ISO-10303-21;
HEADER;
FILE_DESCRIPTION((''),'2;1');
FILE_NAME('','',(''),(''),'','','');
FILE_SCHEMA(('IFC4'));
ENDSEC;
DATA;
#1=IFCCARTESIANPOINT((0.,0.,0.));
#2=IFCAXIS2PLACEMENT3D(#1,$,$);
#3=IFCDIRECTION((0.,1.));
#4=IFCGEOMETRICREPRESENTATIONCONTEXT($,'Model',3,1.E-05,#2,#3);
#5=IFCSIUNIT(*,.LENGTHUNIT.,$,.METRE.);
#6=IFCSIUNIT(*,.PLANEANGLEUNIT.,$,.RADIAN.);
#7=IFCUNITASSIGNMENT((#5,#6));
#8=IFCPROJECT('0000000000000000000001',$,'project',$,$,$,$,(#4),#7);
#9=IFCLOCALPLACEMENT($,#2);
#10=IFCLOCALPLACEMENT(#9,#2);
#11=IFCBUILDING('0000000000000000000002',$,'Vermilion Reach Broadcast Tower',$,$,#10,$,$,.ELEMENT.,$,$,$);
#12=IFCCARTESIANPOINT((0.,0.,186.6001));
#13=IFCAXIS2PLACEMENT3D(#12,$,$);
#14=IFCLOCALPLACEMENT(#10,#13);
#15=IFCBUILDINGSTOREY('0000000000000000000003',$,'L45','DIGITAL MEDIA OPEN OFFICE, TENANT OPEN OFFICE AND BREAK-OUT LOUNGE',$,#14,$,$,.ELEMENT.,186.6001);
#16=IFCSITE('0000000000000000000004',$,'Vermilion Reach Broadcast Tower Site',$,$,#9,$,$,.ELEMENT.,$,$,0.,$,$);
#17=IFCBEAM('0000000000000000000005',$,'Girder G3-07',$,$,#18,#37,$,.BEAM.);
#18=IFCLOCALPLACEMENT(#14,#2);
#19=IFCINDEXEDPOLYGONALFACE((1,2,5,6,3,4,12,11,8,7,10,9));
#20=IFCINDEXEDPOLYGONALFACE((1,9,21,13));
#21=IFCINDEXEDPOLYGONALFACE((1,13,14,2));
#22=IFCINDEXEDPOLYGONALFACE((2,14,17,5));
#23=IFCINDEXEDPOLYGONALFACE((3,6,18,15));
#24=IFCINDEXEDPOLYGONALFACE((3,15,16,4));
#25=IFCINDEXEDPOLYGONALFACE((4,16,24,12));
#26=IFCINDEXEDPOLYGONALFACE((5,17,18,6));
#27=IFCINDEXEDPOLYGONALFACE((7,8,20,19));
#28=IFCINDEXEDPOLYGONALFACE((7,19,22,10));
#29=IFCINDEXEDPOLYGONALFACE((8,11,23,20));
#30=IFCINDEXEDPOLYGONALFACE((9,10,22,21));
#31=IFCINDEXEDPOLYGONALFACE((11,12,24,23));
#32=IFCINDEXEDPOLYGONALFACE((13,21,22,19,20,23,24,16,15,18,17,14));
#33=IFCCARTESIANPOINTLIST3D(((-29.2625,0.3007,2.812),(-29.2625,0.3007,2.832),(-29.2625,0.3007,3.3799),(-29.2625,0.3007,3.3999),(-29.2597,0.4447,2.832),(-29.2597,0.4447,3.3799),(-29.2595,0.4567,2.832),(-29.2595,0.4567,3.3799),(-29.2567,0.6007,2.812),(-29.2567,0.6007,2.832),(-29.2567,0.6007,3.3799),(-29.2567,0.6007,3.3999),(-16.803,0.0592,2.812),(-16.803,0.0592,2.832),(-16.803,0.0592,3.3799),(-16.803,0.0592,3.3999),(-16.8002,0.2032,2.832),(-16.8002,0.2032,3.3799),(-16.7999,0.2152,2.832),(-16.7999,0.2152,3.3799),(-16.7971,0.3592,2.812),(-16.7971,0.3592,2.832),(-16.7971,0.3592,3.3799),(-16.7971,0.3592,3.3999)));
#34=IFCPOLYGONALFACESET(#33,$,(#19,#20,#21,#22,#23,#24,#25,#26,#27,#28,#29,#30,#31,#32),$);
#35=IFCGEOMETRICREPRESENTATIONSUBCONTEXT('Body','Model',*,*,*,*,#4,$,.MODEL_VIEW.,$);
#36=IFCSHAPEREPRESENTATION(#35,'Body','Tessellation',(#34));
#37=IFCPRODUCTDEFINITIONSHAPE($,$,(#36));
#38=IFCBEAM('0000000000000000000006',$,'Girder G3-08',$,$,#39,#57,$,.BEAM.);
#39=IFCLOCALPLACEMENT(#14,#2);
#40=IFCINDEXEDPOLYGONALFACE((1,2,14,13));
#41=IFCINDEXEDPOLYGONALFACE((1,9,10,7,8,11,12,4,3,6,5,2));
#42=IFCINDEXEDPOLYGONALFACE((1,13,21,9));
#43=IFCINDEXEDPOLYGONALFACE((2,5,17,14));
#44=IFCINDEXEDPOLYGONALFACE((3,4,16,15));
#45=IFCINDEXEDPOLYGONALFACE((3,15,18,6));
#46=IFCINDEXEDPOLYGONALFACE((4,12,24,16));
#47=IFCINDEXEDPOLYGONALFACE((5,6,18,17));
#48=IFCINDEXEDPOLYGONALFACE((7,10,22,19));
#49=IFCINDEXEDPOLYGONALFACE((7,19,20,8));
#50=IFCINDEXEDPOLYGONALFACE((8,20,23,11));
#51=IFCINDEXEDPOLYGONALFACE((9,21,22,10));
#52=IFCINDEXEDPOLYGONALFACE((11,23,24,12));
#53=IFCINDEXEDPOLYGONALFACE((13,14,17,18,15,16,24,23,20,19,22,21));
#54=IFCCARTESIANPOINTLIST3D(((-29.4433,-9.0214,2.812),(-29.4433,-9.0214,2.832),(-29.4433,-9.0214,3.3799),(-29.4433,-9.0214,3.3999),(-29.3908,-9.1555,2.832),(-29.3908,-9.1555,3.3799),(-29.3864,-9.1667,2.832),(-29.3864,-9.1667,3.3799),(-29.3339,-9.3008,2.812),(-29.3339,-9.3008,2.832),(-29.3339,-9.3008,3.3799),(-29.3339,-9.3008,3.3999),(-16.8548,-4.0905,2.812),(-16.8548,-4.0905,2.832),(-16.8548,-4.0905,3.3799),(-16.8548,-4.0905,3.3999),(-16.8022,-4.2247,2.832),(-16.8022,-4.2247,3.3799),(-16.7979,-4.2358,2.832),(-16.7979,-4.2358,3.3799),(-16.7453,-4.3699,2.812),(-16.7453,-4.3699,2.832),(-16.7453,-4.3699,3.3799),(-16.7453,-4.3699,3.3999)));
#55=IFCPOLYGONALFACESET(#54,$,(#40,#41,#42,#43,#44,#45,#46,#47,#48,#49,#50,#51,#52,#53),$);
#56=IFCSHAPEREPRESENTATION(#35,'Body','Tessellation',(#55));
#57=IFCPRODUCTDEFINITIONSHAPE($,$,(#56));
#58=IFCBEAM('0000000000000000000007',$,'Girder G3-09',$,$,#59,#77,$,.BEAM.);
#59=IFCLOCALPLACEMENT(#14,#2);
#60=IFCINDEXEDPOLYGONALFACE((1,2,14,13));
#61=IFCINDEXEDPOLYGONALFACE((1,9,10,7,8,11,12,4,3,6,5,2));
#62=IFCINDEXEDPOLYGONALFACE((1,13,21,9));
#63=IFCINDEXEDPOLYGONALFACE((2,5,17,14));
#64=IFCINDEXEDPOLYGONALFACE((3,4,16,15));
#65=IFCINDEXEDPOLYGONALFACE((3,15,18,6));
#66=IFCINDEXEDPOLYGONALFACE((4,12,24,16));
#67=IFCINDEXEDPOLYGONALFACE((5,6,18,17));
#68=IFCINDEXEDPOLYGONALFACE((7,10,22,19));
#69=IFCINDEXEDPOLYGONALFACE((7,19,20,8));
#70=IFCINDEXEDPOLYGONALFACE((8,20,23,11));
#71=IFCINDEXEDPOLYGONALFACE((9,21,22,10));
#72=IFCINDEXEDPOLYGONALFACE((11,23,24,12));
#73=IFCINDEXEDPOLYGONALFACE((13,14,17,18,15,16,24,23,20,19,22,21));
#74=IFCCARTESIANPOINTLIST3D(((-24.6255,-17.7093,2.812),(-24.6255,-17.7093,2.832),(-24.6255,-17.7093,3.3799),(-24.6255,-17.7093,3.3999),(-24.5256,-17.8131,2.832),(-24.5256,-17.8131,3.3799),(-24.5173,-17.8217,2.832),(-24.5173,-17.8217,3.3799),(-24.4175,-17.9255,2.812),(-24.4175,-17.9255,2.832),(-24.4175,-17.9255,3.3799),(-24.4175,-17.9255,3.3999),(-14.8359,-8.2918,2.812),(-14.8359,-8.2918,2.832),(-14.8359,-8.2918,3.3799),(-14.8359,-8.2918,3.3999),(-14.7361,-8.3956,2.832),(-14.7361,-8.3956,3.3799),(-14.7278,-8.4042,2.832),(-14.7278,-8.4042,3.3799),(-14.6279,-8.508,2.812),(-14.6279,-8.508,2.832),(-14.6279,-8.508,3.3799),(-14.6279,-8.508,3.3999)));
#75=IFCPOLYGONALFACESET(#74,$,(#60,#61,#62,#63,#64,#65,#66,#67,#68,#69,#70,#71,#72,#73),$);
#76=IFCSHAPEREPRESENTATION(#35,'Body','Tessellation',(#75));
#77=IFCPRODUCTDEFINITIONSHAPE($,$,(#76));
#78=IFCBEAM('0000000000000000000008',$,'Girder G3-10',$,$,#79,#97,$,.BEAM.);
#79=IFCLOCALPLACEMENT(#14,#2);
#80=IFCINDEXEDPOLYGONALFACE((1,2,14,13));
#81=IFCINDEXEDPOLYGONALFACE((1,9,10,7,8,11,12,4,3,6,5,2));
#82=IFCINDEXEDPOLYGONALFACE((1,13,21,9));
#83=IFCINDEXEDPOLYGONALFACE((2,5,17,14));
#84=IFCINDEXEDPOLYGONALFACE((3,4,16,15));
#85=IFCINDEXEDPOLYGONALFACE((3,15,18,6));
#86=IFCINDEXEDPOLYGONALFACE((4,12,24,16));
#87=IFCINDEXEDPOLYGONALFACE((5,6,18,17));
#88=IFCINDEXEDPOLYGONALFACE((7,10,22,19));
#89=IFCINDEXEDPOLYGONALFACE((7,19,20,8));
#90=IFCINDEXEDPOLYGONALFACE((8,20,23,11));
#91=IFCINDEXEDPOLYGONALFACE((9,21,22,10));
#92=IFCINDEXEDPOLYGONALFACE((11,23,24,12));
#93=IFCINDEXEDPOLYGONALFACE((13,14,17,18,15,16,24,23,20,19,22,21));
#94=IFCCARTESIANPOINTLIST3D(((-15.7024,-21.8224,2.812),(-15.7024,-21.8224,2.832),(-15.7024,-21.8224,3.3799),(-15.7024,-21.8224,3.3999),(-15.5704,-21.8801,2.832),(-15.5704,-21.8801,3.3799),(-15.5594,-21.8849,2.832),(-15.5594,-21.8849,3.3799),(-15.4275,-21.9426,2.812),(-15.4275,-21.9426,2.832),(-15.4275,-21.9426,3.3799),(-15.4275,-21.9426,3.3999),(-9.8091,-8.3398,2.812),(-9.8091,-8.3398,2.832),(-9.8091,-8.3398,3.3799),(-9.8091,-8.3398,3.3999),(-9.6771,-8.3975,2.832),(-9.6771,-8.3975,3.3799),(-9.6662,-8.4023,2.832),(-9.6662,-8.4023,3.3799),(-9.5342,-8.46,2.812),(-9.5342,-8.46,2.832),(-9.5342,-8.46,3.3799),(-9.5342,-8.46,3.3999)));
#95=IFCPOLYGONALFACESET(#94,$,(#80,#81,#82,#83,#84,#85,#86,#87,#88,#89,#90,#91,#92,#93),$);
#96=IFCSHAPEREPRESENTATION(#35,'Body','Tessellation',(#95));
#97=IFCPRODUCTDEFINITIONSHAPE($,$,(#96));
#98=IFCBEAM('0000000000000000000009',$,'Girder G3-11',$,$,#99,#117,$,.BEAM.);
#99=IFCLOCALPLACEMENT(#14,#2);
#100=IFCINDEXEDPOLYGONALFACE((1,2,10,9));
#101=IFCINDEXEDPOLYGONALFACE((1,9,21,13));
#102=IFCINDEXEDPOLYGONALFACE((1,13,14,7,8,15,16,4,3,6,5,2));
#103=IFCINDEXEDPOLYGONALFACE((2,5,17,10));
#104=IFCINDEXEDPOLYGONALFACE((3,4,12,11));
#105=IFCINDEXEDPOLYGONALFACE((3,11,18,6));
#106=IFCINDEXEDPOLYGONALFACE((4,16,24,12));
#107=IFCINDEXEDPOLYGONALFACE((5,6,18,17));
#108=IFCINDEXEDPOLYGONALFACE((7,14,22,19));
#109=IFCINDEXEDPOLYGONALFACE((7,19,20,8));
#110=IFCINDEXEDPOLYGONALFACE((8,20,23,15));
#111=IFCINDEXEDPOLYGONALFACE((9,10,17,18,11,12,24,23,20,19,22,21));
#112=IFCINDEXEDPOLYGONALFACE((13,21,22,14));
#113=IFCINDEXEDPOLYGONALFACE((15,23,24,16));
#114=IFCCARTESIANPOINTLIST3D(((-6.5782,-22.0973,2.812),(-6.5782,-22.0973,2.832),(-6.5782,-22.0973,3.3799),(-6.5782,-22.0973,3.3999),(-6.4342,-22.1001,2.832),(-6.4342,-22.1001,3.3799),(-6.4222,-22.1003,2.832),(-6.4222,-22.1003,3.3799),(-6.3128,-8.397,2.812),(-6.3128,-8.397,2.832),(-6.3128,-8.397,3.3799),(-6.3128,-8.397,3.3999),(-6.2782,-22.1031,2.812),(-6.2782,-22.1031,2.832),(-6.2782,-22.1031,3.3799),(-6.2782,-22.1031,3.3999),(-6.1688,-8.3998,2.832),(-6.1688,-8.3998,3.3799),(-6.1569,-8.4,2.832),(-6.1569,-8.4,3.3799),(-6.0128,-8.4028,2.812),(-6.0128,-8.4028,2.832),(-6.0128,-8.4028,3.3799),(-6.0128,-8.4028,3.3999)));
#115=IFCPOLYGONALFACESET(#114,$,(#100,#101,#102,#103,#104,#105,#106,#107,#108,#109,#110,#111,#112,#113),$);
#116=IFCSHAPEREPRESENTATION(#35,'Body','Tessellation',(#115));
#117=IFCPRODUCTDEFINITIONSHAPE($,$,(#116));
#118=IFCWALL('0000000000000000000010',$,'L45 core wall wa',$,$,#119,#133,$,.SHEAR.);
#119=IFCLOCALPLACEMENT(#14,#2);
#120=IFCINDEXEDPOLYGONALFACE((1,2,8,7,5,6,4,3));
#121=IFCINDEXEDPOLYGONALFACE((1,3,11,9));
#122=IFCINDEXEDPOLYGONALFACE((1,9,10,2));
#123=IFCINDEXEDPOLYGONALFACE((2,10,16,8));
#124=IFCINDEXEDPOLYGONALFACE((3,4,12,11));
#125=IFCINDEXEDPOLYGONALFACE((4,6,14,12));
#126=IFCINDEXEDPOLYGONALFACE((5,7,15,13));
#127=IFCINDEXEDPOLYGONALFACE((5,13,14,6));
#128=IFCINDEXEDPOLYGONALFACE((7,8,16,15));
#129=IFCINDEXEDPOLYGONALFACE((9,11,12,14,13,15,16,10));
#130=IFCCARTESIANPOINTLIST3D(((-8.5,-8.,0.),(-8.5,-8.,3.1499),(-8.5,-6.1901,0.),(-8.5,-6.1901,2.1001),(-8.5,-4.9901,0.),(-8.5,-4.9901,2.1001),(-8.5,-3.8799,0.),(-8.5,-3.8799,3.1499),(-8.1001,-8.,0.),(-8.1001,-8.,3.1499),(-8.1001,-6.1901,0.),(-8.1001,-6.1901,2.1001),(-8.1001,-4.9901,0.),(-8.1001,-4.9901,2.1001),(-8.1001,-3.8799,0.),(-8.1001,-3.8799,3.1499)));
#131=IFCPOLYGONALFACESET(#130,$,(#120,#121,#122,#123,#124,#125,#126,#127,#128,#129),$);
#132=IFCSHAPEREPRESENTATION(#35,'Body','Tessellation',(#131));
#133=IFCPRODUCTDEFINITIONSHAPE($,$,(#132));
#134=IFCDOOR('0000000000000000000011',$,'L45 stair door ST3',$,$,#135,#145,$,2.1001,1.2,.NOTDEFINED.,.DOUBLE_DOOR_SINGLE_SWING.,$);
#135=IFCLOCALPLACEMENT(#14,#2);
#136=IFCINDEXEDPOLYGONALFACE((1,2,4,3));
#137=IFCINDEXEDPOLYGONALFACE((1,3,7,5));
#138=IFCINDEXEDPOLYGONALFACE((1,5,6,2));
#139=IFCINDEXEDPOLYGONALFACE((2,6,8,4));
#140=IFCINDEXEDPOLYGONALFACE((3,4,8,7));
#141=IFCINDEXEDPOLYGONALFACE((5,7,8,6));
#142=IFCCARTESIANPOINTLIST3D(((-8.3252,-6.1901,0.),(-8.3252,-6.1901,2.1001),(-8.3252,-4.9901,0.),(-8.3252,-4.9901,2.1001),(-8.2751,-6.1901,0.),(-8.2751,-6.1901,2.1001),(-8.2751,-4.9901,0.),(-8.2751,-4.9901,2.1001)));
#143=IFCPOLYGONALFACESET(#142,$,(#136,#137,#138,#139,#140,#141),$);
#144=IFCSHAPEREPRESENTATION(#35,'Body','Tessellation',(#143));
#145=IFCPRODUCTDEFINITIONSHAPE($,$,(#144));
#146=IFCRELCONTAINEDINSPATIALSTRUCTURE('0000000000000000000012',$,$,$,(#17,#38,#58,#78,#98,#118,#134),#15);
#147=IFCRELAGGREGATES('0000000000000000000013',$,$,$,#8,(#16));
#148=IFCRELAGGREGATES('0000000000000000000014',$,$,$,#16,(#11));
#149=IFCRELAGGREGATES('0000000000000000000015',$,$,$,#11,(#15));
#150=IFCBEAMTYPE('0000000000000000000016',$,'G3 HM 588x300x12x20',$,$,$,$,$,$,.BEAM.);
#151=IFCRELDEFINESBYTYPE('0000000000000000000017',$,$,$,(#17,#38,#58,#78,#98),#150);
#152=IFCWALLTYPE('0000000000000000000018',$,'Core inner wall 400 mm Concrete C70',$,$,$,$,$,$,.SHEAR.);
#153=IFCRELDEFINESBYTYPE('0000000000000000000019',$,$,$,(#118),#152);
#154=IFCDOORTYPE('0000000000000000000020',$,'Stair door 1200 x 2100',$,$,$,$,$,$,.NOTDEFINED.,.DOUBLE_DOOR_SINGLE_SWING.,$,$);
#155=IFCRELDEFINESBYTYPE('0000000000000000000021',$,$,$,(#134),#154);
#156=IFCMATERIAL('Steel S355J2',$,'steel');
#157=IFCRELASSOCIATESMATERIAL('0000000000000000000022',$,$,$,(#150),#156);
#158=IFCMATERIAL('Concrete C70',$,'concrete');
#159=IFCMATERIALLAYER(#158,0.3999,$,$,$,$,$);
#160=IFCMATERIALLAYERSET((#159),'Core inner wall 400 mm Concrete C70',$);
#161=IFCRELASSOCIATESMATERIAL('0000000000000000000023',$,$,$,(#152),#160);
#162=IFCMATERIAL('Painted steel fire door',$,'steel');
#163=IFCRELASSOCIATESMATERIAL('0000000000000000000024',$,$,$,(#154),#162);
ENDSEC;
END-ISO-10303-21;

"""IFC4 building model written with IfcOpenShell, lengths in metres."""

from ifc_helpers import new_model, si_unit, direction, frame, frame_2d, origin, origin_2d, place, context, subcontext, project, spatial, rectangle, i_section, extrude, material, layer, layer_set, material_profile, profile_set, type_object, element, fill, save


model = new_model("IFC4")

# Units and contexts
model_context = context("Model", 3, precision=1e-05, world=origin(), true_north=direction((0.0, 1.0)))
body_context = subcontext(model_context, "Body", "Model", "MODEL_VIEW")
ifc_project = project(units=[si_unit("LENGTHUNIT", "METRE"), si_unit("PLANEANGLEUNIT", "RADIAN")], contexts=[model_context])

# Site, building, storey
site_placement = place(None, origin())
site = spatial("IfcSite", under=ifc_project, at=site_placement, Name="Vermilion Reach Broadcast Tower Site", CompositionType="ELEMENT", RefElevation=0.0)
building_placement = place(site_placement, origin())
building = spatial("IfcBuilding", under=site, at=building_placement, Name="Vermilion Reach Broadcast Tower", CompositionType="ELEMENT")
storey_placement = place(building_placement, frame((0.0, 0.0, 186.6001)))
storey = spatial("IfcBuildingStorey", under=building, at=storey_placement, Name="L45", Description="DIGITAL MEDIA OPEN OFFICE, TENANT OPEN OFFICE AND BREAK-OUT LOUNGE", CompositionType="ELEMENT", Elevation=186.6001)

# Beams
ifc_material_1 = material(Name="Steel S355J2", Category="steel")
ifc_material_profile = material_profile(ifc_material_1, i_section(OverallWidth=0.3, OverallDepth=0.5879, WebThickness=0.012, FlangeThickness=0.02, at=origin_2d()), Name="S355J2 HM 588x300x12x20")
ifc_profile_set = profile_set([ifc_material_profile], Name="Steel S355J2")
beam_type = type_object("IfcBeamType", Name="G3 HM 588x300x12x20", PredefinedType="BEAM", material=ifc_profile_set)
beam_1_placement = place(storey_placement, frame((-16.8, 0.2092, 3.106), z_axis=(-0.999812, 0.019376, 0.0), x_axis=(-0.019376, -0.999812, 0.0)))
element("IfcBeam", 1, at=beam_1_placement, inside=storey, type_object=beam_type, Name="Girder G3-07", PredefinedType="BEAM", context=body_context, shape_type="SweptSolid", body=[
    extrude(i_section(OverallWidth=0.3, OverallDepth=0.5879, WebThickness=0.012, FlangeThickness=0.02, at=origin_2d()), origin(), (0.0, 0.0, 1.0), 12.4619),
])
beam_2_placement = place(storey_placement, frame((-16.8, -4.2302, 3.106), z_axis=(-0.931119, -0.364715, 0.0), x_axis=(0.364715, -0.931119, 0.0)))
element("IfcBeam", 2, at=beam_2_placement, inside=storey, type_object=beam_type, Name="Girder G3-08", PredefinedType="BEAM", context=body_context, shape_type="SweptSolid", body=[
    extrude(i_section(OverallWidth=0.3, OverallDepth=0.5879, WebThickness=0.012, FlangeThickness=0.02, at=origin_2d()), origin(), (0.0, 0.0, 1.0), 13.5198),
])
beam_3_placement = place(storey_placement, frame((-14.7319, -8.3999, 3.106), z_axis=(-0.720669, -0.693279, 0.0), x_axis=(0.693279, -0.720669, 0.0)))
element("IfcBeam", 3, at=beam_3_placement, inside=storey, type_object=beam_type, Name="Girder G3-09", PredefinedType="BEAM", context=body_context, shape_type="SweptSolid", body=[
    extrude(i_section(OverallWidth=0.3, OverallDepth=0.5879, WebThickness=0.012, FlangeThickness=0.02, at=origin_2d()), origin(), (0.0, 0.0, 1.0), 13.584),
])
beam_4_placement = place(storey_placement, frame((-9.6716, -8.3999, 3.106), z_axis=(-0.400513, -0.916291, 0.0), x_axis=(0.916291, -0.400513, 0.0)))
element("IfcBeam", 4, at=beam_4_placement, inside=storey, type_object=beam_type, Name="Girder G3-10", PredefinedType="BEAM", context=body_context, shape_type="SweptSolid", body=[
    extrude(i_section(OverallWidth=0.3, OverallDepth=0.5879, WebThickness=0.012, FlangeThickness=0.02, at=origin_2d()), origin(), (0.0, 0.0, 1.0), 14.7144),
])
beam_5_placement = place(storey_placement, frame((-6.1628, -8.3999, 3.106), z_axis=(-0.019367, -0.999812, 0.0), x_axis=(0.999812, -0.019367, 0.0)))
element("IfcBeam", 5, at=beam_5_placement, inside=storey, type_object=beam_type, Name="Girder G3-11", PredefinedType="BEAM", context=body_context, shape_type="SweptSolid", body=[
    extrude(i_section(OverallWidth=0.3, OverallDepth=0.5879, WebThickness=0.012, FlangeThickness=0.02, at=origin_2d()), origin(), (0.0, 0.0, 1.0), 13.7029),
])

# Wall, opening, door
ifc_material_2 = material(Name="Concrete C70", Category="concrete")
ifc_layer_1 = layer(ifc_material_2, 0.3999)
ifc_layer_set_1 = layer_set([ifc_layer_1], Name="Core inner wall 400 mm Concrete C70")
wall_type_1 = type_object("IfcWallType", Name="Core inner wall 400 mm Concrete C70", PredefinedType="SHEAR", material=ifc_layer_set_1)
wall_1_placement = place(storey_placement, frame((-8.3, -3.8799, 0.0), z_axis=(0.0, 0.0, 1.0), x_axis=(0.0, -1.0, 0.0)))
wall_1 = element("IfcWall", 6, at=wall_1_placement, inside=storey, type_object=wall_type_1, Name="L45 core wall wa", PredefinedType="SHEAR", context=body_context, shape_type="SweptSolid", body=[
    extrude(rectangle(XDim=4.1201, YDim=0.3999, at=frame_2d((2.0601, 0.0))), origin(), (0.0, 0.0, 1.0), 3.1499),
])
opening_1_placement = place(wall_1_placement, frame((1.1101, 0.0, 0.0)))
opening_1 = element("IfcOpeningElement", 7, at=opening_1_placement, cuts=wall_1, PredefinedType="OPENING", context=body_context, shape_type="SweptSolid", body=[
    extrude(rectangle(XDim=1.2, YDim=2.1001, at=frame_2d((0.6001, 1.05))), frame((0.0, 0.21, 0.0), z_axis=(0.0, -1.0, 0.0), x_axis=(1.0, 0.0, 0.0)), (0.0, 0.0, 1.0), 0.4199),
])
ifc_material_3 = material(Name="Painted steel fire door", Category="steel")
door_type_1 = type_object("IfcDoorType", Name="Stair door 1200 x 2100", OperationType="DOUBLE_DOOR_SINGLE_SWING", PredefinedType="NOTDEFINED", material=ifc_material_3)
door_1_placement = place(opening_1_placement, origin())
door_1 = element("IfcDoor", 8, at=door_1_placement, inside=storey, type_object=door_type_1, Name="L45 stair door ST3", OperationType="DOUBLE_DOOR_SINGLE_SWING", OverallHeight=2.1001, OverallWidth=1.2, PredefinedType="NOTDEFINED", context=body_context, shape_type="SweptSolid", body=[
    extrude(rectangle(XDim=1.2, YDim=2.1001, at=frame_2d((0.6001, 1.05))), frame((0.0, 0.0249, 0.0), z_axis=(0.0, -1.0, 0.0), x_axis=(1.0, 0.0, 0.0)), (0.0, 0.0, 1.0), 0.05),
])
fill(opening_1, door_1)

save(model, "model.ifc")
